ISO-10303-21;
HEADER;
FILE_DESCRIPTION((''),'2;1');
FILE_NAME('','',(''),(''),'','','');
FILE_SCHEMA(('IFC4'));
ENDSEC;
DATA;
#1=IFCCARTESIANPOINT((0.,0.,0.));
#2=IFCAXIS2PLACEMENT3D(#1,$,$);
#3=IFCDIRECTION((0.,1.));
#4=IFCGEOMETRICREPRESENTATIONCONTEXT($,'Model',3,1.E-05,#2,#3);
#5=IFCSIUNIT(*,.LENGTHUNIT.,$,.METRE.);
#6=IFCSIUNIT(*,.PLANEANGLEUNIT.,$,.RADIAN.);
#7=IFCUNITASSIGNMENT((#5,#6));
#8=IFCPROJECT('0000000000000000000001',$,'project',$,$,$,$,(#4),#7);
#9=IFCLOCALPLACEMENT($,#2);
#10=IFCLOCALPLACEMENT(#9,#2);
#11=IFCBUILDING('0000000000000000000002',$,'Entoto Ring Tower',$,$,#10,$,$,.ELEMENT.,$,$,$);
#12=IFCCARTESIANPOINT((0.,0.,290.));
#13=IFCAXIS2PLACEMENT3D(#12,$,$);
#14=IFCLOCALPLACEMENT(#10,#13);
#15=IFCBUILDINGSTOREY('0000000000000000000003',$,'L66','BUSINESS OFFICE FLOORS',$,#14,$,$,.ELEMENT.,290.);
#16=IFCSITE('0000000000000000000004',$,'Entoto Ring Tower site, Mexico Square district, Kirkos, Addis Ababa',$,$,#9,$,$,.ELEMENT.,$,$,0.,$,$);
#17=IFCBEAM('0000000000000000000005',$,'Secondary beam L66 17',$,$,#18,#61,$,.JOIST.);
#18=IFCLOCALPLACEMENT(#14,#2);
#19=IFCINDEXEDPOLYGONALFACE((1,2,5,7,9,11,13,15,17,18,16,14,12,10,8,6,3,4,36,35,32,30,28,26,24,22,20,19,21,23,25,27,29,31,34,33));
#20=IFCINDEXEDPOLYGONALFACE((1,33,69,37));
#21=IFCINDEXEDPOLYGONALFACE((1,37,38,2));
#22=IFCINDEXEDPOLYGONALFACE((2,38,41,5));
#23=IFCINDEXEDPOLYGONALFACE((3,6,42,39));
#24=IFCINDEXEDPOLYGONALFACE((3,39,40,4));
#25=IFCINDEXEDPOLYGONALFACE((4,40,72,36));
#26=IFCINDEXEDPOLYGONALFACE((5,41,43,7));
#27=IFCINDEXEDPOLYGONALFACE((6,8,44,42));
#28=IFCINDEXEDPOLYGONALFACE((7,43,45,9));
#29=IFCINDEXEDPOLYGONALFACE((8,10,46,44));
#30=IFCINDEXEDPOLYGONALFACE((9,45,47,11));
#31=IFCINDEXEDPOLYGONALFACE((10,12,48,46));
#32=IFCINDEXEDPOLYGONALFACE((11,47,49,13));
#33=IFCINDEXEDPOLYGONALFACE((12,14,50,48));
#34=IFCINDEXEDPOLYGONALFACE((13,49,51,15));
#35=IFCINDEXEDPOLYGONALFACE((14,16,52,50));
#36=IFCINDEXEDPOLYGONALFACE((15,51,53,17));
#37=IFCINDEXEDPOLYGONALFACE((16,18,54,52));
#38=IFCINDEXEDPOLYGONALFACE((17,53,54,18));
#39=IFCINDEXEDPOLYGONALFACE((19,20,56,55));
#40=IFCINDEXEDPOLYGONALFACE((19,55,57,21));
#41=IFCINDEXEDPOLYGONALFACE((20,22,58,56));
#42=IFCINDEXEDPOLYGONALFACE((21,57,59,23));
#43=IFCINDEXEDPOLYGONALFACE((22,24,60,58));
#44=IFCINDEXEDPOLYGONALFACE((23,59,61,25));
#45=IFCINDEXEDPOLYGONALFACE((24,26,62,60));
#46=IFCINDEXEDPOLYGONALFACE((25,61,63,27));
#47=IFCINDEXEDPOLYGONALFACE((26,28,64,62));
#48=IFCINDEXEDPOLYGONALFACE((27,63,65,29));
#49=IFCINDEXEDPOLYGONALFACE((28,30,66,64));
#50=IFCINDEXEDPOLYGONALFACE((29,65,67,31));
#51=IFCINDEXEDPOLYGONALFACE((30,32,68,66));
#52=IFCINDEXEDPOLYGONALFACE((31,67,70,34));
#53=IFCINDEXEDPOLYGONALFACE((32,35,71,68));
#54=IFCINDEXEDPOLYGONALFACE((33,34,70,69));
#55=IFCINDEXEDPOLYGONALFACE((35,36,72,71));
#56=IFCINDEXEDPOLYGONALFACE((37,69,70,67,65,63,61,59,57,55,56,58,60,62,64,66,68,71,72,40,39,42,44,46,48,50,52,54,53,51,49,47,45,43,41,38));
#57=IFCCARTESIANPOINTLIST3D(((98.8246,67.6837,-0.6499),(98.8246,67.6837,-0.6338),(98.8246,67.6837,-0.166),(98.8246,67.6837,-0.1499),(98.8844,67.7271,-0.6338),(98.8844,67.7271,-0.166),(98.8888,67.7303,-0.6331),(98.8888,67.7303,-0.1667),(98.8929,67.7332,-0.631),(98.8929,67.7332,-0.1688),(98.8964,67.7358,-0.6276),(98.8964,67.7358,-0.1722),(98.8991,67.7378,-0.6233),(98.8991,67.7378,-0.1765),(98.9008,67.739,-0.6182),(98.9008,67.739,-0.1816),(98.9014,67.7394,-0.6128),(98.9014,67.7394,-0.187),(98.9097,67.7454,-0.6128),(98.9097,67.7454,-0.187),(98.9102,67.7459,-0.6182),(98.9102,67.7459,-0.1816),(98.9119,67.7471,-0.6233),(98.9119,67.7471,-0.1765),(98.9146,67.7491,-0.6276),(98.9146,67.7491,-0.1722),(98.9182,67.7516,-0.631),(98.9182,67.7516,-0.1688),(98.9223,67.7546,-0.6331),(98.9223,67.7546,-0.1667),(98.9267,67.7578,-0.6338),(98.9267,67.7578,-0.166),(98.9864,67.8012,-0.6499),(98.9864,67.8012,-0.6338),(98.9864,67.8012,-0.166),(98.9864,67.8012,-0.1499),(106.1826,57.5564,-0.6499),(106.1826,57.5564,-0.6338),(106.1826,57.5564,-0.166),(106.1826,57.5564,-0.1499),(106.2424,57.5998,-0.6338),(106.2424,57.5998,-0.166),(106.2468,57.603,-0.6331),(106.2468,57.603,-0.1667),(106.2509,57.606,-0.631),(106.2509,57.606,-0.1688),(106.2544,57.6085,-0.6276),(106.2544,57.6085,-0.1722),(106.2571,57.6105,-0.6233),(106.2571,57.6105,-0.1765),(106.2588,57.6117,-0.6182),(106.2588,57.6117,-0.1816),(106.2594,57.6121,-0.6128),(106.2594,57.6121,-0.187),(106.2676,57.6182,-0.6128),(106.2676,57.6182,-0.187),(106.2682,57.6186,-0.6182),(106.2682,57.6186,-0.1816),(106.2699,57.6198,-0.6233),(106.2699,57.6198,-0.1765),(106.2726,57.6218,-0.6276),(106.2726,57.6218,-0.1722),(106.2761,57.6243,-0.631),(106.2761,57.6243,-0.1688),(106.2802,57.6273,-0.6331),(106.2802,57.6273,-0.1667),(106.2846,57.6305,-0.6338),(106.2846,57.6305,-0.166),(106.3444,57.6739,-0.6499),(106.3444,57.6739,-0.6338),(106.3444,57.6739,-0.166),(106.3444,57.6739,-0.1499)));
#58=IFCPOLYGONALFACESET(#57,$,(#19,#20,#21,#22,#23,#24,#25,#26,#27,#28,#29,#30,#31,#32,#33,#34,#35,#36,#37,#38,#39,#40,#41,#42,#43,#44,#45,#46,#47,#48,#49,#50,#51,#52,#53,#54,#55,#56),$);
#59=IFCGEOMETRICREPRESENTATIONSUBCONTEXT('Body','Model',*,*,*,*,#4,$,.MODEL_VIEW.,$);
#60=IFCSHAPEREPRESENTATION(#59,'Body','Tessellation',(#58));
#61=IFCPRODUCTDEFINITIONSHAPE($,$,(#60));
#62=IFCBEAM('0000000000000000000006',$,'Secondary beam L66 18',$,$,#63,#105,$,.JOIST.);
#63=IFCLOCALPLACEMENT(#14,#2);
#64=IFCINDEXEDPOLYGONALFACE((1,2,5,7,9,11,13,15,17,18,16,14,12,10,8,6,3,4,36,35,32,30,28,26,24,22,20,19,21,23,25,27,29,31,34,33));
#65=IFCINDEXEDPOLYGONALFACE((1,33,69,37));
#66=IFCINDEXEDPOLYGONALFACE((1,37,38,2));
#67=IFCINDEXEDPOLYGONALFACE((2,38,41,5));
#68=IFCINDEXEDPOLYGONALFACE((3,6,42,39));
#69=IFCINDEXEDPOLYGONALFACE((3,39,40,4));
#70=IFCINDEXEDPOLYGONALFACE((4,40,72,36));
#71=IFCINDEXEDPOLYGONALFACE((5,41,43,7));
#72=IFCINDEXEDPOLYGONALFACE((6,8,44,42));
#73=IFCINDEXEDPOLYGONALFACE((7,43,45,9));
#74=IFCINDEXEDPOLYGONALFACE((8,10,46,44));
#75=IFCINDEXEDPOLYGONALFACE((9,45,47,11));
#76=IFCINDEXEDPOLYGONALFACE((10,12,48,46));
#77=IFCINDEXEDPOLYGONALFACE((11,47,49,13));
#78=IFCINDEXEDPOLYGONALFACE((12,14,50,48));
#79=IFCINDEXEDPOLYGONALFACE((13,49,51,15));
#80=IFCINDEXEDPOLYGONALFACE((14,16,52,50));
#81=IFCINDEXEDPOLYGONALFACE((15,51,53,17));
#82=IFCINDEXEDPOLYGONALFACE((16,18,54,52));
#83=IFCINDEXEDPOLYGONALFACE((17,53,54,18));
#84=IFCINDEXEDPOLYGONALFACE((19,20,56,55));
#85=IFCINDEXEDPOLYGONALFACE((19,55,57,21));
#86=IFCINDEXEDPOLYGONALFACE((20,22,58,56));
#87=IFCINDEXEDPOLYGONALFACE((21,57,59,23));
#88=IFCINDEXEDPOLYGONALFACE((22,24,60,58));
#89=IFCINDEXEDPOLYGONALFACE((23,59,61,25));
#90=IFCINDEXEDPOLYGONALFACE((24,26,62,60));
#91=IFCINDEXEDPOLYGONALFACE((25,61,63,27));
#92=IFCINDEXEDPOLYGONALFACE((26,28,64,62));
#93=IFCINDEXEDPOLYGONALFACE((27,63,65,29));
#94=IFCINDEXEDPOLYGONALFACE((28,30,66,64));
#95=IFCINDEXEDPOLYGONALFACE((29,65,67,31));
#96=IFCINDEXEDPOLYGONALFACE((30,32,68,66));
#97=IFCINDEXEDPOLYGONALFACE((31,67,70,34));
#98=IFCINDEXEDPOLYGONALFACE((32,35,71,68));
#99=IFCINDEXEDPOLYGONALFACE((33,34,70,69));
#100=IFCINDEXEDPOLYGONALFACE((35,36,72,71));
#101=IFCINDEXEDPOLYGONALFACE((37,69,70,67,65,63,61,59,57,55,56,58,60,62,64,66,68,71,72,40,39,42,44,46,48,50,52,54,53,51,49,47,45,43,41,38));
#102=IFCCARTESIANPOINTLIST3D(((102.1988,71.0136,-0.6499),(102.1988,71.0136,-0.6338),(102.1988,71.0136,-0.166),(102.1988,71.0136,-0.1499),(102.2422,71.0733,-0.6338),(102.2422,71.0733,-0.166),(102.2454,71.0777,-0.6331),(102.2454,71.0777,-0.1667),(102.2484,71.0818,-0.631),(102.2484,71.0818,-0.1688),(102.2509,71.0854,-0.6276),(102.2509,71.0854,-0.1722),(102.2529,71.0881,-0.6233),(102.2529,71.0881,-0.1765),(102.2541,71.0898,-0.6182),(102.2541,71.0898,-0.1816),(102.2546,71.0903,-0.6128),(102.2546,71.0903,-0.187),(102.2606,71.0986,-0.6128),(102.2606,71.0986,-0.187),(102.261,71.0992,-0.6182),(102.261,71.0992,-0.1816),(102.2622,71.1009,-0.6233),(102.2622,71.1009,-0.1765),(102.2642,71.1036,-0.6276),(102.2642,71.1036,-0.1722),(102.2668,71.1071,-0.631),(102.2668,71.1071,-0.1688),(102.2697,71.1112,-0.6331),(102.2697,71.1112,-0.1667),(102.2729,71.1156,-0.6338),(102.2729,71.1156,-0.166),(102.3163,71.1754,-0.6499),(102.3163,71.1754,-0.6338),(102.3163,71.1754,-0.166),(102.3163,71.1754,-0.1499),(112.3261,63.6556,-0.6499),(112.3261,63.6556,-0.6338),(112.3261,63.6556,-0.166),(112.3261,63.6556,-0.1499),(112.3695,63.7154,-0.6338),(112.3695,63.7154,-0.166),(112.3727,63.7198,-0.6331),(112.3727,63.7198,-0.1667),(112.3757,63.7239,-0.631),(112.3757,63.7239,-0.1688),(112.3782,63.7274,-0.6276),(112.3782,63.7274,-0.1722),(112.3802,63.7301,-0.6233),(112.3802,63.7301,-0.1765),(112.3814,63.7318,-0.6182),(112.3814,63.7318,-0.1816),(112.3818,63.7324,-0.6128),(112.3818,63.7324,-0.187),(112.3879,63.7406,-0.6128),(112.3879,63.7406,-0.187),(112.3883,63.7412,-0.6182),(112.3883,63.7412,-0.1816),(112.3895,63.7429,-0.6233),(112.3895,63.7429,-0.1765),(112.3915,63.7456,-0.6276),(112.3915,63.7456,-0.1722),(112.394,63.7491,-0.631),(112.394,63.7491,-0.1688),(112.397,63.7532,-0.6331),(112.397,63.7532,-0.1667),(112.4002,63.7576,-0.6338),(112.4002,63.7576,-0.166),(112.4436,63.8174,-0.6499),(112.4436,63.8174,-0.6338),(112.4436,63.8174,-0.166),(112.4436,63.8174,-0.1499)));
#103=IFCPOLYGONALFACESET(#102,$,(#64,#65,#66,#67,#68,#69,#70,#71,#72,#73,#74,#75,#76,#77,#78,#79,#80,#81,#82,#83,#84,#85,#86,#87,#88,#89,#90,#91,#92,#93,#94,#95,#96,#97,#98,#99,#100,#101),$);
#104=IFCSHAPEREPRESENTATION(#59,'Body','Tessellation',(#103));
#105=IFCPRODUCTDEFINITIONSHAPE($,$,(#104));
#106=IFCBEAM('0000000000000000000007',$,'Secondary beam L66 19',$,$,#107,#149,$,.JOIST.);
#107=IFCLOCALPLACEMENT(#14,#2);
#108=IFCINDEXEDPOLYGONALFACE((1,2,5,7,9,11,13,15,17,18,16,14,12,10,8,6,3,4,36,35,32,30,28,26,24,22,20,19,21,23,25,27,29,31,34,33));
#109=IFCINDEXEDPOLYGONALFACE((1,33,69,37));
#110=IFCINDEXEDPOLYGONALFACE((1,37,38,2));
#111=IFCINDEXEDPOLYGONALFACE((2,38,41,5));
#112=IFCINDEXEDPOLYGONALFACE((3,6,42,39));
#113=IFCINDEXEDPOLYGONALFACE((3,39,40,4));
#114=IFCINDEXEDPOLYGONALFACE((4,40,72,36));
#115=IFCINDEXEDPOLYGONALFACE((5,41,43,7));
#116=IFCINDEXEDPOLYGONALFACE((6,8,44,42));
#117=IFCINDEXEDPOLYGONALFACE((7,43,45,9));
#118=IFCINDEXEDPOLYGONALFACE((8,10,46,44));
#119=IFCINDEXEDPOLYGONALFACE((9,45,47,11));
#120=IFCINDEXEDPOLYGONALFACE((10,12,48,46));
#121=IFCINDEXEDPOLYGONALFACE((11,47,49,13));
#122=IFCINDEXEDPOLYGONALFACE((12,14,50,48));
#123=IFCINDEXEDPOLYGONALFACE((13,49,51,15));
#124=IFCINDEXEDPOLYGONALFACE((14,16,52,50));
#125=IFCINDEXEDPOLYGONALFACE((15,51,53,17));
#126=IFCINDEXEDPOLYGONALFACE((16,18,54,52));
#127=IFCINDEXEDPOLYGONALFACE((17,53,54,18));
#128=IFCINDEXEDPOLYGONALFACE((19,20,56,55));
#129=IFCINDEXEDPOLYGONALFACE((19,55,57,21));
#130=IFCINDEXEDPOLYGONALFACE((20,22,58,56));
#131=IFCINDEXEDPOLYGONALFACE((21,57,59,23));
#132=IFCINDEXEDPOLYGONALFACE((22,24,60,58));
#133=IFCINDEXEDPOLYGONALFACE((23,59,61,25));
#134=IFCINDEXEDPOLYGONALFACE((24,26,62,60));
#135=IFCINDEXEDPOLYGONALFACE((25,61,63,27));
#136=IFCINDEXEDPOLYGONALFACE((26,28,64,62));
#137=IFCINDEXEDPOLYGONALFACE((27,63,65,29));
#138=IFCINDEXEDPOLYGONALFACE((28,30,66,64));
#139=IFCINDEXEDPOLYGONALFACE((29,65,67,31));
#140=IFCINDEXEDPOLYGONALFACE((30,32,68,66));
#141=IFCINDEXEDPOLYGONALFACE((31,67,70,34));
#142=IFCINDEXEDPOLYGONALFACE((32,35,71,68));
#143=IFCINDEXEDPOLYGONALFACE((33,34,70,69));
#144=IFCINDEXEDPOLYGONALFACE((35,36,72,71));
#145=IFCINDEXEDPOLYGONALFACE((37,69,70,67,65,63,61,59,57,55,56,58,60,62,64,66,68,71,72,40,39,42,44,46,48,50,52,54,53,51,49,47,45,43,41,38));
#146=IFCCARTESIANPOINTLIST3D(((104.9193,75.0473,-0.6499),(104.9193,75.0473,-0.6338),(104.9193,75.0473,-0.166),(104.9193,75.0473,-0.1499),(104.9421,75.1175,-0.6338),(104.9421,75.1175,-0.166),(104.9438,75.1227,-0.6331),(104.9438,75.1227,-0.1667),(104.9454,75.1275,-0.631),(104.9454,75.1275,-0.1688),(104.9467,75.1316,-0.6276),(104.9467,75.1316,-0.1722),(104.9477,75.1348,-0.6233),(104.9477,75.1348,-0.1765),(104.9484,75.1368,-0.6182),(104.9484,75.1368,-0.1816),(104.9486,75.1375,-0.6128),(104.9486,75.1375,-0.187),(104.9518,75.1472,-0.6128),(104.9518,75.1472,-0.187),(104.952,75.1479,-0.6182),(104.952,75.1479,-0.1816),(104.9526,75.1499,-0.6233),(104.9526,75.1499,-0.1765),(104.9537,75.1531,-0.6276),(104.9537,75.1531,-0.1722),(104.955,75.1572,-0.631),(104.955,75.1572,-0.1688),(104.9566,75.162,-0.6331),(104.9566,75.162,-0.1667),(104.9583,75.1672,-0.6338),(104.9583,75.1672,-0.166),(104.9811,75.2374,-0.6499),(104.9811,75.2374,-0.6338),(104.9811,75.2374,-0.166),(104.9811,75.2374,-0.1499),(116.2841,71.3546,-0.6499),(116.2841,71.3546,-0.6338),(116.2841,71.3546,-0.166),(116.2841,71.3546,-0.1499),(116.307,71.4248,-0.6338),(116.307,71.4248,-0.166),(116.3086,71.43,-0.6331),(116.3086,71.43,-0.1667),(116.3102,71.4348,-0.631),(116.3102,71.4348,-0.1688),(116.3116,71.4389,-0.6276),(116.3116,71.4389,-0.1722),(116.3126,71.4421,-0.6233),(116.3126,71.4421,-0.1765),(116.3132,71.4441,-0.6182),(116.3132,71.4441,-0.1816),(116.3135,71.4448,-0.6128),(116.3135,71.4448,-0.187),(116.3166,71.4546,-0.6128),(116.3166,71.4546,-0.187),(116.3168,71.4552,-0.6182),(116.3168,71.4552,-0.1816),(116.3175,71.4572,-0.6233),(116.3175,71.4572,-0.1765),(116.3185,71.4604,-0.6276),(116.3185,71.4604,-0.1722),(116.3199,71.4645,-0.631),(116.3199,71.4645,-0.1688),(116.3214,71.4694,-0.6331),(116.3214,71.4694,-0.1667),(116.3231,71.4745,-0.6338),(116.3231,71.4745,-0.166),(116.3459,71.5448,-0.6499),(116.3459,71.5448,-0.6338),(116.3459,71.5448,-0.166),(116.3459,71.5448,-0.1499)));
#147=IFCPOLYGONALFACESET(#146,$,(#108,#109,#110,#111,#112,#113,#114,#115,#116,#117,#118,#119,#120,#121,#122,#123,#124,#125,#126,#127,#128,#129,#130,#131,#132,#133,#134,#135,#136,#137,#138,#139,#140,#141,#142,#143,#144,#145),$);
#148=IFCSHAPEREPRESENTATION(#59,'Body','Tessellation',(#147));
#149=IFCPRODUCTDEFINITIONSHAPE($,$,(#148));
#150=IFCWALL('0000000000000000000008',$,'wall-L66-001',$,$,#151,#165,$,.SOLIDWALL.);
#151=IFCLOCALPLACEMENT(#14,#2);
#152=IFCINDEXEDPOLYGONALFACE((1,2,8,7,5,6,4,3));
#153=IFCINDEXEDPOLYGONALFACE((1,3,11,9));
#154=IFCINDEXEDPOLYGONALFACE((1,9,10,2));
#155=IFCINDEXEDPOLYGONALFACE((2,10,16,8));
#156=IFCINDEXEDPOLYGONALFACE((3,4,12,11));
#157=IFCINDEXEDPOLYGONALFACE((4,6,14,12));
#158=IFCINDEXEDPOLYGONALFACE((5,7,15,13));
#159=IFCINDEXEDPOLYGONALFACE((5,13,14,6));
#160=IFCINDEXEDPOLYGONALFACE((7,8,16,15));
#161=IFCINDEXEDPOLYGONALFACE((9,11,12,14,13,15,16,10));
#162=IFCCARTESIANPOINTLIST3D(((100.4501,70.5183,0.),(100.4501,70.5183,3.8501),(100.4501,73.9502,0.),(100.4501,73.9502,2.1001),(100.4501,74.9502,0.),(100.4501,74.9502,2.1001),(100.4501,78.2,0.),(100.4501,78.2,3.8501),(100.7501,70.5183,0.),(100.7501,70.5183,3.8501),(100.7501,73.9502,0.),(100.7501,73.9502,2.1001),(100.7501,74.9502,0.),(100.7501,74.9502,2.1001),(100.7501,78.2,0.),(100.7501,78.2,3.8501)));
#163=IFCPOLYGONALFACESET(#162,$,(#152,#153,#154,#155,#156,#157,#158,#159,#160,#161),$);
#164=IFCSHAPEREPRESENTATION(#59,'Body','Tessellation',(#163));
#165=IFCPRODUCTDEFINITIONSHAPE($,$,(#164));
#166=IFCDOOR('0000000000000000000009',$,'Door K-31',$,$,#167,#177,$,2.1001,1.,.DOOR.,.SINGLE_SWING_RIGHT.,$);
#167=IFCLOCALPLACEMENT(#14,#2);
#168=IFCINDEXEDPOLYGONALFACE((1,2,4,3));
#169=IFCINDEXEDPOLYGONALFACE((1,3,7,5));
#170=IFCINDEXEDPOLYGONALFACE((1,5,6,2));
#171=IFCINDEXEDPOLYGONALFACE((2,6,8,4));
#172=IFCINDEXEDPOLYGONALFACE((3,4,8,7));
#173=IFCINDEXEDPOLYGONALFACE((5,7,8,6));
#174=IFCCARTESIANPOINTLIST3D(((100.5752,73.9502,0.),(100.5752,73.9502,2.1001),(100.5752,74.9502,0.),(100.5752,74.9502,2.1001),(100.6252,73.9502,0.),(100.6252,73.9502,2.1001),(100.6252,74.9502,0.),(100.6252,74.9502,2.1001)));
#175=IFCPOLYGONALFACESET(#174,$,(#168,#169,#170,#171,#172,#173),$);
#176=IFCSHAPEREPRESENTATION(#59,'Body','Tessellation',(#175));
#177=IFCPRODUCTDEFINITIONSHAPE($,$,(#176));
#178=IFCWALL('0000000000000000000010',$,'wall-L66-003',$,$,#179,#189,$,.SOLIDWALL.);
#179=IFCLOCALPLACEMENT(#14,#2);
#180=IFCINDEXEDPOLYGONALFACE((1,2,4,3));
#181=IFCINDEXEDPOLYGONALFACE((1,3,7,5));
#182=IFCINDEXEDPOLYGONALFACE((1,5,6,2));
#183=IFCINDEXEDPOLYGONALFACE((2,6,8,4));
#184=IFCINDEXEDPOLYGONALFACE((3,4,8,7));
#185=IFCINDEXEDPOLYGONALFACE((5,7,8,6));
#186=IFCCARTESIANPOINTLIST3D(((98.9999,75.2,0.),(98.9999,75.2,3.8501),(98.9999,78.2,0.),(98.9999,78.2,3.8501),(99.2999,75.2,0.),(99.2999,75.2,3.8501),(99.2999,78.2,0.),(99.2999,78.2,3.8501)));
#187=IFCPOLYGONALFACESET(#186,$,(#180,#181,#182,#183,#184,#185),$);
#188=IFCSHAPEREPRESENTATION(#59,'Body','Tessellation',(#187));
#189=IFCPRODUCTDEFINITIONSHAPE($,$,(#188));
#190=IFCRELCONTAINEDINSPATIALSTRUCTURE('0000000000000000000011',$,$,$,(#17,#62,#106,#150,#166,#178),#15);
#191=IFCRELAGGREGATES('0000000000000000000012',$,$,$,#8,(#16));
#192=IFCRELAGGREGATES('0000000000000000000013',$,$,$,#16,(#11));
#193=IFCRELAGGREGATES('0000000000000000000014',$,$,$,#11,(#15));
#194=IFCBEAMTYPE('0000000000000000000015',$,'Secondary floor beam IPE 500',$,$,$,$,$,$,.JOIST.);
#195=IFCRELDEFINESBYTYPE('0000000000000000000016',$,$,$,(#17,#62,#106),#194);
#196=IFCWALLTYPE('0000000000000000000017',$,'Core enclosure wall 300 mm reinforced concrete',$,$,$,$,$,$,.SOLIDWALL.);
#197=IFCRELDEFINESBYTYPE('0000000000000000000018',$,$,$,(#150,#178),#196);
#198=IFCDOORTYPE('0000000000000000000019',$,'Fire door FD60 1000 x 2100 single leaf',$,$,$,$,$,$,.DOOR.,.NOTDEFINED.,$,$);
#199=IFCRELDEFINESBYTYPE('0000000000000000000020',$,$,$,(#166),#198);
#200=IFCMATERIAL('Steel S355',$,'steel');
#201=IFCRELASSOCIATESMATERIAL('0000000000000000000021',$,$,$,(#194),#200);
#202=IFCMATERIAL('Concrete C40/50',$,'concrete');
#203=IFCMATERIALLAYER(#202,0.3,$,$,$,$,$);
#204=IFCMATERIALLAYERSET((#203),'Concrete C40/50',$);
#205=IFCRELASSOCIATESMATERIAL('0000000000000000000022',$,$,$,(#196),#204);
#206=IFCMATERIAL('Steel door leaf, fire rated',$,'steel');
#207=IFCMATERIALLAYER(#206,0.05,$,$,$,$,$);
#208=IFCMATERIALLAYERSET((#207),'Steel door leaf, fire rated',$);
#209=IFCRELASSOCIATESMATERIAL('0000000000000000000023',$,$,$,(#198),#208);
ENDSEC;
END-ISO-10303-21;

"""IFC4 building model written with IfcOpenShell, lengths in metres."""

from ifc_helpers import new_model, si_unit, direction, frame, frame_2d, origin, origin_2d, place, context, subcontext, project, spatial, rectangle, i_section, extrude, material, layer, layer_set, material_profile, profile_set, type_object, element, fill, save


model = new_model("IFC4")

# Units and contexts
model_context = context("Model", 3, precision=1e-05, world=origin(), true_north=direction((0.0, 1.0)))
body_context = subcontext(model_context, "Body", "Model", "MODEL_VIEW")
ifc_project = project(units=[si_unit("LENGTHUNIT", "METRE"), si_unit("PLANEANGLEUNIT", "RADIAN")], contexts=[model_context])

# Site, building, storey
site_placement = place(None, origin())
site = spatial("IfcSite", under=ifc_project, at=site_placement, Name="Entoto Ring Tower site, Mexico Square district, Kirkos, Addis Ababa", CompositionType="ELEMENT", RefElevation=0.0)
building_placement = place(site_placement, origin())
building = spatial("IfcBuilding", under=site, at=building_placement, Name="Entoto Ring Tower", CompositionType="ELEMENT")
storey_placement = place(building_placement, frame((0.0, 0.0, 290.0)))
storey = spatial("IfcBuildingStorey", under=building, at=storey_placement, Name="L66", Description="BUSINESS OFFICE FLOORS", CompositionType="ELEMENT", Elevation=290.0)

# Beams
ifc_material_1 = material(Name="Steel S355", Category="steel")
ifc_material_profile_1 = material_profile(ifc_material_1, i_section(OverallWidth=0.2, OverallDepth=0.5, WebThickness=0.0103, FlangeThickness=0.0161, FilletRadius=0.021, at=origin_2d()), Name="IPE 500")
ifc_profile_set_1 = profile_set([ifc_material_profile_1], Name="Steel S355")
beam_type_1 = type_object("IfcBeamType", Name="Secondary floor beam IPE 500", PredefinedType="JOIST", material=ifc_profile_set_1)
for number, where, z_axis, x_axis, name in (
    (1, (98.9055, 67.7424, -0.3999), (0.587789, -0.809014, 0.0), (0.809014, 0.587789, 0.0), "Secondary beam L66 17"),
    (2, (102.2576, 71.0945, -0.3999), (0.809014, -0.587789, 0.0), (0.587789, 0.809014, 0.0), "Secondary beam L66 18"),
):
    element("IfcBeam", number, at=place(storey_placement, frame(where, z_axis=z_axis, x_axis=x_axis)), inside=storey, type_object=beam_type_1, Name=name, PredefinedType="JOIST", context=body_context, shape_type="SweptSolid", body=[
        extrude(i_section(OverallWidth=0.2, OverallDepth=0.5, WebThickness=0.0103, FlangeThickness=0.0161, FilletRadius=0.021, at=origin_2d()), origin(), (0.0, 0.0, 1.0), 12.5181),
    ])
beam_1_placement = place(storey_placement, frame((104.9502, 75.1423, -0.3999), z_axis=(0.951057, -0.309017, 0.0), x_axis=(0.309017, 0.951057, 0.0)))
element("IfcBeam", 3, at=beam_1_placement, inside=storey, type_object=beam_type_1, Name="Secondary beam L66 19", PredefinedType="JOIST", context=body_context, shape_type="SweptSolid", body=[
    extrude(i_section(OverallWidth=0.2, OverallDepth=0.5, WebThickness=0.0103, FlangeThickness=0.0161, FilletRadius=0.021, at=origin_2d()), origin(), (0.0, 0.0, 1.0), 11.9497),
])

# Wall, opening, door
ifc_material_2 = material(Name="Concrete C40/50", Category="concrete")
ifc_layer_1 = layer(ifc_material_2, 0.3)
ifc_layer_set_1 = layer_set([ifc_layer_1], Name="Concrete C40/50")
wall_type_1 = type_object("IfcWallType", Name="Core enclosure wall 300 mm reinforced concrete", PredefinedType="SOLIDWALL", material=ifc_layer_set_1)
wall_1_placement = place(storey_placement, frame((100.6001, 70.5183, 0.0), z_axis=(0.0, 0.0, 1.0), x_axis=(0.0, 1.0, 0.0)))
wall_1 = element("IfcWall", 4, at=wall_1_placement, inside=storey, type_object=wall_type_1, Name="wall-L66-001", PredefinedType="SOLIDWALL", context=body_context, shape_type="SweptSolid", body=[
    extrude(rectangle(XDim=7.6816, YDim=0.3, at=frame_2d((3.8408, 0.0))), origin(), (0.0, 0.0, 1.0), 3.8501),
])
opening_1_placement = place(wall_1_placement, frame((3.4319, 0.0, 0.0)))
opening_1 = element("IfcOpeningElement", 5, at=opening_1_placement, cuts=wall_1, PredefinedType="OPENING", context=body_context, shape_type="SweptSolid", body=[
    extrude(rectangle(XDim=1.0, YDim=2.1001, at=frame_2d((0.5, 1.05))), frame((0.0, 0.1602, 0.0), z_axis=(0.0, -1.0, 0.0), x_axis=(1.0, 0.0, 0.0)), (0.0, 0.0, 1.0), 0.3201),
])
ifc_material_3 = material(Name="Steel door leaf, fire rated", Category="steel")
ifc_layer_2 = layer(ifc_material_3, 0.05)
ifc_layer_set_2 = layer_set([ifc_layer_2], Name="Steel door leaf, fire rated")
door_type_1 = type_object("IfcDoorType", Name="Fire door FD60 1000 x 2100 single leaf", OperationType="NOTDEFINED", PredefinedType="DOOR", material=ifc_layer_set_2)
door_1_placement = place(opening_1_placement, origin())
door_1 = element("IfcDoor", 6, at=door_1_placement, inside=storey, type_object=door_type_1, Name="Door K-31", OperationType="SINGLE_SWING_RIGHT", OverallHeight=2.1001, OverallWidth=1.0, PredefinedType="DOOR", context=body_context, shape_type="SweptSolid", body=[
    extrude(rectangle(XDim=1.0, YDim=2.1001, at=frame_2d((0.5, 1.05))), frame((0.0, 0.0249, 0.0), z_axis=(0.0, -1.0, 0.0), x_axis=(1.0, 0.0, 0.0)), (0.0, 0.0, 1.0), 0.05),
])
fill(opening_1, door_1)

# Wall
wall_2_placement = place(storey_placement, frame((99.1499, 75.2, 0.0), z_axis=(0.0, 0.0, 1.0), x_axis=(0.0, 1.0, 0.0)))
element("IfcWall", 7, at=wall_2_placement, inside=storey, type_object=wall_type_1, Name="wall-L66-003", PredefinedType="SOLIDWALL", context=body_context, shape_type="SweptSolid", body=[
    extrude(rectangle(XDim=3.0, YDim=0.3, at=frame_2d((1.5, 0.0))), origin(), (0.0, 0.0, 1.0), 3.8501),
])

save(model, "model.ifc")
